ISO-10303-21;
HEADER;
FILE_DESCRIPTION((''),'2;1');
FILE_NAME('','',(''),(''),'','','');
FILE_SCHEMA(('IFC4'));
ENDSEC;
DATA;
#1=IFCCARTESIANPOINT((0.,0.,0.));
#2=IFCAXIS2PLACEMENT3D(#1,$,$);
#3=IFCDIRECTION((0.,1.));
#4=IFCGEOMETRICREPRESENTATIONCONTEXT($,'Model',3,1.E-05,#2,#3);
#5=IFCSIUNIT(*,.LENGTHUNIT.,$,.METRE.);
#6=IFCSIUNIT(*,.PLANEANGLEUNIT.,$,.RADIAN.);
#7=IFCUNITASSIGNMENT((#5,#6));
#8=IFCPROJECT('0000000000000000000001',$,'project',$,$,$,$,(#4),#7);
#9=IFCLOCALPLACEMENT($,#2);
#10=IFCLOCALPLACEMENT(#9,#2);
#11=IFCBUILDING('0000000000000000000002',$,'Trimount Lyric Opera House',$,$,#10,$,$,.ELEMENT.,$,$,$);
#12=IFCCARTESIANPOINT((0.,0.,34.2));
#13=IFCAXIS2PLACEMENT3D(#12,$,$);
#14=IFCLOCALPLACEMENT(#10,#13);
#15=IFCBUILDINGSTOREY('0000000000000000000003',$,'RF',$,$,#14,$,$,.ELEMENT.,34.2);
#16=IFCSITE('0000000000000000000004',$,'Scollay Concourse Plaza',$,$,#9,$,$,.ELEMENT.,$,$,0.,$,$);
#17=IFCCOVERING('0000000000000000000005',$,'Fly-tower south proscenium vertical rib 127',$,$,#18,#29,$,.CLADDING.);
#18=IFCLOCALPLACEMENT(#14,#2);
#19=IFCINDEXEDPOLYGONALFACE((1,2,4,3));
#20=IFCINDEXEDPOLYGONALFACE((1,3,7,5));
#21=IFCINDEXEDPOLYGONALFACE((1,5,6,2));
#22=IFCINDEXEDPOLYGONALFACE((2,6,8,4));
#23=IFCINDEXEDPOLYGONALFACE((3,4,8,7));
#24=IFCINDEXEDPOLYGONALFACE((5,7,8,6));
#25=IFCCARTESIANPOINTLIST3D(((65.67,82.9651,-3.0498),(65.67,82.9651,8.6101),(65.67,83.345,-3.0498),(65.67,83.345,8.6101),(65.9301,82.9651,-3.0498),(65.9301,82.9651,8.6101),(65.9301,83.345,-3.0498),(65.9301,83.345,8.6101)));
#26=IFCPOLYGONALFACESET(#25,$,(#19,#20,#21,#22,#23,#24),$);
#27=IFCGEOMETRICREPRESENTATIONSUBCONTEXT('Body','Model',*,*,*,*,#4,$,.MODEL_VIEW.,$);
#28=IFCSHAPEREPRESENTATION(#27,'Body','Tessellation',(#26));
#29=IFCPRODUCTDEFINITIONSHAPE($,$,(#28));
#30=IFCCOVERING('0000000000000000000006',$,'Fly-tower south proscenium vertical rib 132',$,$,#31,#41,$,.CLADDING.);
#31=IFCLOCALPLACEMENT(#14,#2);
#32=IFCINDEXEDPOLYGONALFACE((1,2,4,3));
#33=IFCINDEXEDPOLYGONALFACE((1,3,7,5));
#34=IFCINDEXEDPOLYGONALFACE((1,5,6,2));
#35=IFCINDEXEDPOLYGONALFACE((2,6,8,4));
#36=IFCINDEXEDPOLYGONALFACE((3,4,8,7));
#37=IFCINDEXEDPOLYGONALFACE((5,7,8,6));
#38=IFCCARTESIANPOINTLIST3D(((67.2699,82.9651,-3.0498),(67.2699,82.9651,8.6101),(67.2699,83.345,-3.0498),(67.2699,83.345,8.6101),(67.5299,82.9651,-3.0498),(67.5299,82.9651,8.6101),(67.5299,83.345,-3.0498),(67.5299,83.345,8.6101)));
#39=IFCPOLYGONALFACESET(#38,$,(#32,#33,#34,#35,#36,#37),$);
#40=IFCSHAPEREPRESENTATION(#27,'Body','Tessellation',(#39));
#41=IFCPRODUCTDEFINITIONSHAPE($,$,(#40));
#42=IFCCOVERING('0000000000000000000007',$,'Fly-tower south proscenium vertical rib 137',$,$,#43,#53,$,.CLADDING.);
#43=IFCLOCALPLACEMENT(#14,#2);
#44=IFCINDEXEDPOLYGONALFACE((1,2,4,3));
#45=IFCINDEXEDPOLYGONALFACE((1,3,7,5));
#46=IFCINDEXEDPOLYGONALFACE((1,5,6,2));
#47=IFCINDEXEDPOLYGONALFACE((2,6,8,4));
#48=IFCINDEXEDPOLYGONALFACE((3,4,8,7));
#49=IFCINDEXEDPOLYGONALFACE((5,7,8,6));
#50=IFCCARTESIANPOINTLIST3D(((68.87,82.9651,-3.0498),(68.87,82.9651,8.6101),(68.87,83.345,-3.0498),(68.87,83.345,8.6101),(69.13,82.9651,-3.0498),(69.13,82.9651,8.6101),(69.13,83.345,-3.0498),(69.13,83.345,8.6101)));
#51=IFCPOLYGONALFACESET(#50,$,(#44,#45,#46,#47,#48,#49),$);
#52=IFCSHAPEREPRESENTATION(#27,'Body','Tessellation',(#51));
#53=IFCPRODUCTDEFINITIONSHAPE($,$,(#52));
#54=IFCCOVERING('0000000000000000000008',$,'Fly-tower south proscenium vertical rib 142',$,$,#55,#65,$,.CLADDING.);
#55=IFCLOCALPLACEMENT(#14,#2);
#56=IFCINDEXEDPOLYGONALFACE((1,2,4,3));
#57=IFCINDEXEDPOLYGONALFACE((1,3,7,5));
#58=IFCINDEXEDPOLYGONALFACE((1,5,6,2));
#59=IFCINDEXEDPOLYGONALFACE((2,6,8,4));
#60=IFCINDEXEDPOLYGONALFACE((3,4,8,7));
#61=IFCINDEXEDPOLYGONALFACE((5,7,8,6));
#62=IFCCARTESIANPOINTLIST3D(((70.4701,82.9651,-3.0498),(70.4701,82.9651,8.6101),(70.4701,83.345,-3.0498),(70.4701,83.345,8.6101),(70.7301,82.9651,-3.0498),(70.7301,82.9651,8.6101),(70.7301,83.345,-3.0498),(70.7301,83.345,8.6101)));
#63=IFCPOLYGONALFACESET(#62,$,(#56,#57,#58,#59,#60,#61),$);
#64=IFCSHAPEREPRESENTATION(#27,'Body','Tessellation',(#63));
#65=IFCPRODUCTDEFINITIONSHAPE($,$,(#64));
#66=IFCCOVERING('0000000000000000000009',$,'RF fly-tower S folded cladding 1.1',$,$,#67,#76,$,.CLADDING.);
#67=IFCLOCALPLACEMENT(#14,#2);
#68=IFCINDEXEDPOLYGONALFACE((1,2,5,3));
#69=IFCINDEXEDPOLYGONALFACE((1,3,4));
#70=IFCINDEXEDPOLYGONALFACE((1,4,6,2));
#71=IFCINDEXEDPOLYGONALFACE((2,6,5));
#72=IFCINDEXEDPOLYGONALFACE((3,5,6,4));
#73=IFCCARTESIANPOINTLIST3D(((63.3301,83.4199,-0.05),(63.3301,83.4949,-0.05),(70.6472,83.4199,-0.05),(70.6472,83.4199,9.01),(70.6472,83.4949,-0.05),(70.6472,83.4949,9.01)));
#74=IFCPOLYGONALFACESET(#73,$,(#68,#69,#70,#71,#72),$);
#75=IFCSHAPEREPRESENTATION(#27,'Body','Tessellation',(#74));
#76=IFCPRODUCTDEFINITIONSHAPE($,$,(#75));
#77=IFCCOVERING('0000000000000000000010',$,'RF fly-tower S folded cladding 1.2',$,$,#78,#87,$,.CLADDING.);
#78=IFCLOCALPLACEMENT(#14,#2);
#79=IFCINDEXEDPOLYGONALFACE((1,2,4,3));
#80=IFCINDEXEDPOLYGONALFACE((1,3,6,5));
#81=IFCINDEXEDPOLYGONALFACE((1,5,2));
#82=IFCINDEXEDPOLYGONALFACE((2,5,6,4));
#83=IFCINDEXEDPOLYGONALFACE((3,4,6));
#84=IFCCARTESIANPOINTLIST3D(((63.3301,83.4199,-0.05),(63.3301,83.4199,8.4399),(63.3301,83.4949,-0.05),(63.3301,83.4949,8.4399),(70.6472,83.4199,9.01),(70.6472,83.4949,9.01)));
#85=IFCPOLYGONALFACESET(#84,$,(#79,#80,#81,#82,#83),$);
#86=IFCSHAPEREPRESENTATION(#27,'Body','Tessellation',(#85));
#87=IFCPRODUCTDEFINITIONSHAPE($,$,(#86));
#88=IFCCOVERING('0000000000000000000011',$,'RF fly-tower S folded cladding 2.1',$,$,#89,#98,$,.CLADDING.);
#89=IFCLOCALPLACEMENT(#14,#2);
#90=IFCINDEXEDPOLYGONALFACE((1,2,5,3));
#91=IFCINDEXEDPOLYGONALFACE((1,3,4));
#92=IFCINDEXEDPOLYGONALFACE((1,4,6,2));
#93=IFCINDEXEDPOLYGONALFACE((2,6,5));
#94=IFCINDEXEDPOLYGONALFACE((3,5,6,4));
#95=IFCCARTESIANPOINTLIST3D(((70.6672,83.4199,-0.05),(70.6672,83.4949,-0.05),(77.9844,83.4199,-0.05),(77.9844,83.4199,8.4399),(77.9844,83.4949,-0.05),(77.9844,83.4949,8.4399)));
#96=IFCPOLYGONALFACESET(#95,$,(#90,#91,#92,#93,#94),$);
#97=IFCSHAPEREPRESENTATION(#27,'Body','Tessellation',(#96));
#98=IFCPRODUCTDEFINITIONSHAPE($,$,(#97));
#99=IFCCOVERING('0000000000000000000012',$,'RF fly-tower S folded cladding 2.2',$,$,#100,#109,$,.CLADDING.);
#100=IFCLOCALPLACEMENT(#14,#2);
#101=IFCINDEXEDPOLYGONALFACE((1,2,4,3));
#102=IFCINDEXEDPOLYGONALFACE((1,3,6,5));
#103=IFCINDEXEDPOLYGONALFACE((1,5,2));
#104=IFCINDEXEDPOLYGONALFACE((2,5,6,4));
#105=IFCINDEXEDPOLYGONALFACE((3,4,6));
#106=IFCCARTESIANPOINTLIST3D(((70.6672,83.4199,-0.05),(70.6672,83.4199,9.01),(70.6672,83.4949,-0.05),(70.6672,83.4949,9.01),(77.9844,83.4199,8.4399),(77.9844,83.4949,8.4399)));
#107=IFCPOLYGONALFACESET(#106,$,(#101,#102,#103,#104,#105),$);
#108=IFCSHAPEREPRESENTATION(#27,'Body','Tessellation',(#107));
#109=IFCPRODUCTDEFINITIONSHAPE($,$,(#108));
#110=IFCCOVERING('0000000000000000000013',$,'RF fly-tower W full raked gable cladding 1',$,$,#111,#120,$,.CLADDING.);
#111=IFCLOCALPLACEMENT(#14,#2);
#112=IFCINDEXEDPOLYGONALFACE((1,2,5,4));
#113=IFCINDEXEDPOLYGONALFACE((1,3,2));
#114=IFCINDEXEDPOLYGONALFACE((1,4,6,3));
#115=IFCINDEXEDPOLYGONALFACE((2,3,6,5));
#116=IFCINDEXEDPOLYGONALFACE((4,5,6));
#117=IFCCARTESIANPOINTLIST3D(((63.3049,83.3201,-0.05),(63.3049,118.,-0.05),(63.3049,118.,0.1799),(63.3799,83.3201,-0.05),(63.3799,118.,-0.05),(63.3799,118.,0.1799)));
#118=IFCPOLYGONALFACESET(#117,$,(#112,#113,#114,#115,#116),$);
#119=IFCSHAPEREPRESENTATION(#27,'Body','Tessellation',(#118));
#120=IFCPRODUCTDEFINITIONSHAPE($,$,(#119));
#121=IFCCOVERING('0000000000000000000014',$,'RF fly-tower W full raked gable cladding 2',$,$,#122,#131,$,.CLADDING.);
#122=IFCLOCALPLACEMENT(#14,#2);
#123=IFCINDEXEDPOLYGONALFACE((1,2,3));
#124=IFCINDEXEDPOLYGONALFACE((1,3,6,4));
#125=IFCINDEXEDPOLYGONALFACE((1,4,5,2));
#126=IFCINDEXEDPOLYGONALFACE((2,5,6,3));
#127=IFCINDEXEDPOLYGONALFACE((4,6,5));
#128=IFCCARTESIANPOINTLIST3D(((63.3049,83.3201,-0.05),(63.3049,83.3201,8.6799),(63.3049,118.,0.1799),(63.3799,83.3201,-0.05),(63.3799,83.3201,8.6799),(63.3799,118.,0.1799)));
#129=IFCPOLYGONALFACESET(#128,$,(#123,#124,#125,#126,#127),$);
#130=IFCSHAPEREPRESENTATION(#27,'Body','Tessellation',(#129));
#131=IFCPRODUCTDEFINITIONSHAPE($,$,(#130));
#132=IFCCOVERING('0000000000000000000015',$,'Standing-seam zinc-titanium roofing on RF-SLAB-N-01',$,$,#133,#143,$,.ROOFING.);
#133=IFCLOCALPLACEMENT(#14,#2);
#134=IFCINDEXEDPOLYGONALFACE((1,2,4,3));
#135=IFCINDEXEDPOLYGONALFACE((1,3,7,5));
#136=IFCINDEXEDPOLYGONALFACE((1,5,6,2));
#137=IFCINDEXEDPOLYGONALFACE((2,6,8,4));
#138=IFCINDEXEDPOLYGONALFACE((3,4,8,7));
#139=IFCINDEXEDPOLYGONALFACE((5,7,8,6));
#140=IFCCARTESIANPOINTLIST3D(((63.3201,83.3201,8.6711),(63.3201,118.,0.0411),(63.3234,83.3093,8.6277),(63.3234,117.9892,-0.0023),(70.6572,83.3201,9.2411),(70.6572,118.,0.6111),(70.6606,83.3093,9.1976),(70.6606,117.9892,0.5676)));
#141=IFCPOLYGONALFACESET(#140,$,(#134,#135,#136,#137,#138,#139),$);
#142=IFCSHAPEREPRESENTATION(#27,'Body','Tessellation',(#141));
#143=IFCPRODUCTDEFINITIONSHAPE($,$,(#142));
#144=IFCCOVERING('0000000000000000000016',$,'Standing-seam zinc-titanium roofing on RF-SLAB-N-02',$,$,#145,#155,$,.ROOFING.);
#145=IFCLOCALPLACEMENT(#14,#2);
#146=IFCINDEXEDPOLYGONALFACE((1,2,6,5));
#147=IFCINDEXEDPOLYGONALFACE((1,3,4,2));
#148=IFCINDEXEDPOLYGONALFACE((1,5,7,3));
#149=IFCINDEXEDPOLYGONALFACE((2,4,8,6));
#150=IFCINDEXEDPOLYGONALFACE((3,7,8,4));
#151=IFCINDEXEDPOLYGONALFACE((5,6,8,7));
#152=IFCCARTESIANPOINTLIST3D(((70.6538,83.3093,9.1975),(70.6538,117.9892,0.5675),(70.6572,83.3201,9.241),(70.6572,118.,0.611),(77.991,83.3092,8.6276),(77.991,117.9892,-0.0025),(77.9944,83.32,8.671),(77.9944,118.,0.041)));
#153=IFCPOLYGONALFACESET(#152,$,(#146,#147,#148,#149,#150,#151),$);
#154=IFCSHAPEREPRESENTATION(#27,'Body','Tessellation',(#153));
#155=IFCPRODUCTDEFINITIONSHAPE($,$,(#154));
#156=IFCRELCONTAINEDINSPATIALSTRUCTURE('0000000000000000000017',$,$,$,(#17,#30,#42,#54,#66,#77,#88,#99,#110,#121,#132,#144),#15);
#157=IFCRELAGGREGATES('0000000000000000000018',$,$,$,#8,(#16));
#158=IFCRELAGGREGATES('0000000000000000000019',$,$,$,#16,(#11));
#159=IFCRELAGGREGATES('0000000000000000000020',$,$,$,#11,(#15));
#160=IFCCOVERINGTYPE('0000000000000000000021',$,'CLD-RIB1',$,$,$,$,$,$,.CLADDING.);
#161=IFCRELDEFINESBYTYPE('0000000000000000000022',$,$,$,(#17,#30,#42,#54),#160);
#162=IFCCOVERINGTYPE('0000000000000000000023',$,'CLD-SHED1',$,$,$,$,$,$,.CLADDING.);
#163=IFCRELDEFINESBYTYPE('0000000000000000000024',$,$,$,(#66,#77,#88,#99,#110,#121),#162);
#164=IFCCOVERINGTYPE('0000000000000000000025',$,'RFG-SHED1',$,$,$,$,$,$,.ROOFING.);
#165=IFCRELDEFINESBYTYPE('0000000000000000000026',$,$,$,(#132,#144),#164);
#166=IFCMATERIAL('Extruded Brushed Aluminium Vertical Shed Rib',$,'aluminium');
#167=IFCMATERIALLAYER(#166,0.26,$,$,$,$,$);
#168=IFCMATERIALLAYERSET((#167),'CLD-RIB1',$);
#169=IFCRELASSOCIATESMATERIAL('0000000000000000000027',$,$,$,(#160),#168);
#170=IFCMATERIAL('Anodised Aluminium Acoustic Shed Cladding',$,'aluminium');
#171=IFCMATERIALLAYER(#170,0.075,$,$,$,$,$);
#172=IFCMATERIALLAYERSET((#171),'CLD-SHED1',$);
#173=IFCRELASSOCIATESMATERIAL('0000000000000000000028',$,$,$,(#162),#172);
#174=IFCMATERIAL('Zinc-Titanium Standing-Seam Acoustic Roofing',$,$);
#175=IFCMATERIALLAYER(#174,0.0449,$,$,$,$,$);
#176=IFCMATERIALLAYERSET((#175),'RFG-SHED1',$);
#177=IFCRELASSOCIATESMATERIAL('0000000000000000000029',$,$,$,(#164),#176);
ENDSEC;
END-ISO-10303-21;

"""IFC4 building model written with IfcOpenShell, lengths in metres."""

from ifc_helpers import new_model, si_unit, direction, frame, origin, origin_2d, place, context, subcontext, project, spatial, polyline, rectangle, outline, extrude, material, layer, layer_set, type_object, element, save


model = new_model("IFC4")

# Units and contexts
model_context = context("Model", 3, precision=1e-05, world=origin(), true_north=direction((0.0, 1.0)))
body_context = subcontext(model_context, "Body", "Model", "MODEL_VIEW")
ifc_project = project(units=[si_unit("LENGTHUNIT", "METRE"), si_unit("PLANEANGLEUNIT", "RADIAN")], contexts=[model_context])

# Site, building, storey
site_placement = place(None, origin())
site = spatial("IfcSite", under=ifc_project, at=site_placement, Name="Scollay Concourse Plaza", CompositionType="ELEMENT", RefElevation=0.0)
building_placement = place(site_placement, origin())
building = spatial("IfcBuilding", under=site, at=building_placement, Name="Trimount Lyric Opera House", CompositionType="ELEMENT")
storey_placement = place(building_placement, frame((0.0, 0.0, 34.2)))
storey = spatial("IfcBuildingStorey", under=building, at=storey_placement, Name="RF", CompositionType="ELEMENT", Elevation=34.2)

# Coverings
ifc_material_1 = material(Name="Extruded Brushed Aluminium Vertical Shed Rib", Category="aluminium")
ifc_layer_1 = layer(ifc_material_1, 0.26)
ifc_layer_set_1 = layer_set([ifc_layer_1], Name="CLD-RIB1")
covering_type_1 = type_object("IfcCoveringType", Name="CLD-RIB1", PredefinedType="CLADDING", material=ifc_layer_set_1)
for number, where, z_axis, x_axis, name in (
    (1, (65.8, 83.155, -3.0498), (0.0, 0.0, 1.0), (1.0, 0.0, 0.0), "Fly-tower south proscenium vertical rib 127"),
    (2, (67.3999, 83.155, -3.0498), (0.0, 0.0, 1.0), (1.0, 0.0, 0.0), "Fly-tower south proscenium vertical rib 132"),
    (3, (69.0, 83.155, -3.0498), (0.0, 0.0, 1.0), (1.0, 0.0, 0.0), "Fly-tower south proscenium vertical rib 137"),
    (4, (70.6001, 83.155, -3.0498), (0.0, 0.0, 1.0), (1.0, 0.0, 0.0), "Fly-tower south proscenium vertical rib 142"),
):
    element("IfcCovering", number, at=place(storey_placement, frame(where, z_axis=z_axis, x_axis=x_axis)), inside=storey, type_object=covering_type_1, Name=name, PredefinedType="CLADDING", context=body_context, shape_type="SweptSolid", body=[
        extrude(rectangle(XDim=0.26, YDim=0.3799, at=origin_2d()), origin(), (0.0, 0.0, 1.0), 11.6599),
    ])
ifc_material_2 = material(Name="Anodised Aluminium Acoustic Shed Cladding", Category="aluminium")
ifc_layer_2 = layer(ifc_material_2, 0.075)
ifc_layer_set_2 = layer_set([ifc_layer_2], Name="CLD-SHED1")
covering_type_2 = type_object("IfcCoveringType", Name="CLD-SHED1", PredefinedType="CLADDING", material=ifc_layer_set_2)
covering_1_placement = place(storey_placement, frame((63.3301, 83.4199, -0.05), z_axis=(0.0, -1.0, 0.0), x_axis=(1.0, 0.0, 0.0)))
element("IfcCovering", 5, at=covering_1_placement, inside=storey, type_object=covering_type_2, Name="RF fly-tower S folded cladding 1.1", PredefinedType="CLADDING", context=body_context, shape_type="SweptSolid", body=[
    extrude(outline(polyline([(0.0, 0.0), (7.3171, 0.0), (7.3171, 9.0601), (0.0, 0.0)])), origin(), (0.0, 0.0, -1.0), 0.075),
])
covering_2_placement = place(storey_placement, frame((63.3301, 83.4199, -0.05), z_axis=(0.0, -1.0, 0.0), x_axis=(0.628306, 0.0, 0.777966)))
element("IfcCovering", 6, at=covering_2_placement, inside=storey, type_object=covering_type_2, Name="RF fly-tower S folded cladding 1.2", PredefinedType="CLADDING", context=body_context, shape_type="SweptSolid", body=[
    extrude(outline(polyline([(0.0, 0.0), (11.6458, 0.0), (6.6049, 5.3343), (0.0, 0.0)])), origin(), (0.0, 0.0, -1.0), 0.075),
])
covering_3_placement = place(storey_placement, frame((70.6672, 83.4199, -0.05), z_axis=(0.0, -1.0, 0.0), x_axis=(1.0, 0.0, 0.0)))
element("IfcCovering", 7, at=covering_3_placement, inside=storey, type_object=covering_type_2, Name="RF fly-tower S folded cladding 2.1", PredefinedType="CLADDING", context=body_context, shape_type="SweptSolid", body=[
    extrude(outline(polyline([(0.0, 0.0), (7.3171, 0.0), (7.3171, 8.49), (0.0, 0.0)])), origin(), (0.0, 0.0, -1.0), 0.075),
])
covering_4_placement = place(storey_placement, frame((70.6672, 83.4199, -0.05), z_axis=(0.0, -1.0, 0.0), x_axis=(0.652847, 0.0, 0.75749)))
element("IfcCovering", 8, at=covering_4_placement, inside=storey, type_object=covering_type_2, Name="RF fly-tower S folded cladding 2.2", PredefinedType="CLADDING", context=body_context, shape_type="SweptSolid", body=[
    extrude(outline(polyline([(0.0, 0.0), (11.2081, 0.0), (6.8629, 5.9148), (0.0, 0.0)])), origin(), (0.0, 0.0, -1.0), 0.075),
])
covering_5_placement = place(storey_placement, frame((63.3799, 83.3201, -0.05), z_axis=(1.0, 0.0, 0.0), x_axis=(0.0, 1.0, 0.0)))
element("IfcCovering", 9, at=covering_5_placement, inside=storey, type_object=covering_type_2, Name="RF fly-tower W full raked gable cladding 1", PredefinedType="CLADDING", context=body_context, shape_type="SweptSolid", body=[
    extrude(outline(polyline([(0.0, 0.0), (34.6799, 0.0), (34.6799, 0.23), (0.0, 0.0)])), origin(), (0.0, 0.0, -1.0), 0.075),
])
covering_6_placement = place(storey_placement, frame((63.3799, 83.3201, -0.05), z_axis=(1.0, 0.0, 0.0), x_axis=(0.0, 0.999978, 0.006631)))
element("IfcCovering", 10, at=covering_6_placement, inside=storey, type_object=covering_type_2, Name="RF fly-tower W full raked gable cladding 2", PredefinedType="CLADDING", context=body_context, shape_type="SweptSolid", body=[
    extrude(outline(polyline([(0.0, 0.0), (34.6807, 0.0), (0.0579, 8.7298), (0.0, 0.0)])), origin(), (0.0, 0.0, -1.0), 0.075),
])
ifc_material_3 = material(Name="Zinc-Titanium Standing-Seam Acoustic Roofing")
ifc_layer_3 = layer(ifc_material_3, 0.0449)
ifc_layer_set_3 = layer_set([ifc_layer_3], Name="RFG-SHED1")
covering_type_3 = type_object("IfcCoveringType", Name="RFG-SHED1", PredefinedType="ROOFING", material=ifc_layer_set_3)
covering_7_placement = place(storey_placement, frame((63.3201, 83.3201, 8.6711), z_axis=(-0.075167, 0.240799, 0.96766), x_axis=(0.996997, 0.000004, 0.077445)))
element("IfcCovering", 11, at=covering_7_placement, inside=storey, type_object=covering_type_3, Name="Standing-seam zinc-titanium roofing on RF-SLAB-N-01", PredefinedType="ROOFING", context=body_context, shape_type="SweptSolid", body=[
    extrude(outline(polyline([(0.0, 0.0), (7.3593, 0.0), (6.691, 35.7313), (-0.6682, 35.7314), (0.0, 0.0)])), origin(), (0.0, 0.0, -1.0), 0.0449),
])
covering_8_placement = place(storey_placement, frame((70.6572, 83.3201, 9.241), z_axis=(0.075167, 0.240799, 0.96766), x_axis=(0.996997, -0.000004, -0.077445)))
element("IfcCovering", 12, at=covering_8_placement, inside=storey, type_object=covering_type_3, Name="Standing-seam zinc-titanium roofing on RF-SLAB-N-02", PredefinedType="ROOFING", context=body_context, shape_type="SweptSolid", body=[
    extrude(outline(polyline([(0.0, 0.0), (7.3593, 0.0), (8.0275, 35.7314), (0.6682, 35.7313), (0.0, 0.0)])), origin(), (0.0, 0.0, -1.0), 0.0449),
])

save(model, "model.ifc")
